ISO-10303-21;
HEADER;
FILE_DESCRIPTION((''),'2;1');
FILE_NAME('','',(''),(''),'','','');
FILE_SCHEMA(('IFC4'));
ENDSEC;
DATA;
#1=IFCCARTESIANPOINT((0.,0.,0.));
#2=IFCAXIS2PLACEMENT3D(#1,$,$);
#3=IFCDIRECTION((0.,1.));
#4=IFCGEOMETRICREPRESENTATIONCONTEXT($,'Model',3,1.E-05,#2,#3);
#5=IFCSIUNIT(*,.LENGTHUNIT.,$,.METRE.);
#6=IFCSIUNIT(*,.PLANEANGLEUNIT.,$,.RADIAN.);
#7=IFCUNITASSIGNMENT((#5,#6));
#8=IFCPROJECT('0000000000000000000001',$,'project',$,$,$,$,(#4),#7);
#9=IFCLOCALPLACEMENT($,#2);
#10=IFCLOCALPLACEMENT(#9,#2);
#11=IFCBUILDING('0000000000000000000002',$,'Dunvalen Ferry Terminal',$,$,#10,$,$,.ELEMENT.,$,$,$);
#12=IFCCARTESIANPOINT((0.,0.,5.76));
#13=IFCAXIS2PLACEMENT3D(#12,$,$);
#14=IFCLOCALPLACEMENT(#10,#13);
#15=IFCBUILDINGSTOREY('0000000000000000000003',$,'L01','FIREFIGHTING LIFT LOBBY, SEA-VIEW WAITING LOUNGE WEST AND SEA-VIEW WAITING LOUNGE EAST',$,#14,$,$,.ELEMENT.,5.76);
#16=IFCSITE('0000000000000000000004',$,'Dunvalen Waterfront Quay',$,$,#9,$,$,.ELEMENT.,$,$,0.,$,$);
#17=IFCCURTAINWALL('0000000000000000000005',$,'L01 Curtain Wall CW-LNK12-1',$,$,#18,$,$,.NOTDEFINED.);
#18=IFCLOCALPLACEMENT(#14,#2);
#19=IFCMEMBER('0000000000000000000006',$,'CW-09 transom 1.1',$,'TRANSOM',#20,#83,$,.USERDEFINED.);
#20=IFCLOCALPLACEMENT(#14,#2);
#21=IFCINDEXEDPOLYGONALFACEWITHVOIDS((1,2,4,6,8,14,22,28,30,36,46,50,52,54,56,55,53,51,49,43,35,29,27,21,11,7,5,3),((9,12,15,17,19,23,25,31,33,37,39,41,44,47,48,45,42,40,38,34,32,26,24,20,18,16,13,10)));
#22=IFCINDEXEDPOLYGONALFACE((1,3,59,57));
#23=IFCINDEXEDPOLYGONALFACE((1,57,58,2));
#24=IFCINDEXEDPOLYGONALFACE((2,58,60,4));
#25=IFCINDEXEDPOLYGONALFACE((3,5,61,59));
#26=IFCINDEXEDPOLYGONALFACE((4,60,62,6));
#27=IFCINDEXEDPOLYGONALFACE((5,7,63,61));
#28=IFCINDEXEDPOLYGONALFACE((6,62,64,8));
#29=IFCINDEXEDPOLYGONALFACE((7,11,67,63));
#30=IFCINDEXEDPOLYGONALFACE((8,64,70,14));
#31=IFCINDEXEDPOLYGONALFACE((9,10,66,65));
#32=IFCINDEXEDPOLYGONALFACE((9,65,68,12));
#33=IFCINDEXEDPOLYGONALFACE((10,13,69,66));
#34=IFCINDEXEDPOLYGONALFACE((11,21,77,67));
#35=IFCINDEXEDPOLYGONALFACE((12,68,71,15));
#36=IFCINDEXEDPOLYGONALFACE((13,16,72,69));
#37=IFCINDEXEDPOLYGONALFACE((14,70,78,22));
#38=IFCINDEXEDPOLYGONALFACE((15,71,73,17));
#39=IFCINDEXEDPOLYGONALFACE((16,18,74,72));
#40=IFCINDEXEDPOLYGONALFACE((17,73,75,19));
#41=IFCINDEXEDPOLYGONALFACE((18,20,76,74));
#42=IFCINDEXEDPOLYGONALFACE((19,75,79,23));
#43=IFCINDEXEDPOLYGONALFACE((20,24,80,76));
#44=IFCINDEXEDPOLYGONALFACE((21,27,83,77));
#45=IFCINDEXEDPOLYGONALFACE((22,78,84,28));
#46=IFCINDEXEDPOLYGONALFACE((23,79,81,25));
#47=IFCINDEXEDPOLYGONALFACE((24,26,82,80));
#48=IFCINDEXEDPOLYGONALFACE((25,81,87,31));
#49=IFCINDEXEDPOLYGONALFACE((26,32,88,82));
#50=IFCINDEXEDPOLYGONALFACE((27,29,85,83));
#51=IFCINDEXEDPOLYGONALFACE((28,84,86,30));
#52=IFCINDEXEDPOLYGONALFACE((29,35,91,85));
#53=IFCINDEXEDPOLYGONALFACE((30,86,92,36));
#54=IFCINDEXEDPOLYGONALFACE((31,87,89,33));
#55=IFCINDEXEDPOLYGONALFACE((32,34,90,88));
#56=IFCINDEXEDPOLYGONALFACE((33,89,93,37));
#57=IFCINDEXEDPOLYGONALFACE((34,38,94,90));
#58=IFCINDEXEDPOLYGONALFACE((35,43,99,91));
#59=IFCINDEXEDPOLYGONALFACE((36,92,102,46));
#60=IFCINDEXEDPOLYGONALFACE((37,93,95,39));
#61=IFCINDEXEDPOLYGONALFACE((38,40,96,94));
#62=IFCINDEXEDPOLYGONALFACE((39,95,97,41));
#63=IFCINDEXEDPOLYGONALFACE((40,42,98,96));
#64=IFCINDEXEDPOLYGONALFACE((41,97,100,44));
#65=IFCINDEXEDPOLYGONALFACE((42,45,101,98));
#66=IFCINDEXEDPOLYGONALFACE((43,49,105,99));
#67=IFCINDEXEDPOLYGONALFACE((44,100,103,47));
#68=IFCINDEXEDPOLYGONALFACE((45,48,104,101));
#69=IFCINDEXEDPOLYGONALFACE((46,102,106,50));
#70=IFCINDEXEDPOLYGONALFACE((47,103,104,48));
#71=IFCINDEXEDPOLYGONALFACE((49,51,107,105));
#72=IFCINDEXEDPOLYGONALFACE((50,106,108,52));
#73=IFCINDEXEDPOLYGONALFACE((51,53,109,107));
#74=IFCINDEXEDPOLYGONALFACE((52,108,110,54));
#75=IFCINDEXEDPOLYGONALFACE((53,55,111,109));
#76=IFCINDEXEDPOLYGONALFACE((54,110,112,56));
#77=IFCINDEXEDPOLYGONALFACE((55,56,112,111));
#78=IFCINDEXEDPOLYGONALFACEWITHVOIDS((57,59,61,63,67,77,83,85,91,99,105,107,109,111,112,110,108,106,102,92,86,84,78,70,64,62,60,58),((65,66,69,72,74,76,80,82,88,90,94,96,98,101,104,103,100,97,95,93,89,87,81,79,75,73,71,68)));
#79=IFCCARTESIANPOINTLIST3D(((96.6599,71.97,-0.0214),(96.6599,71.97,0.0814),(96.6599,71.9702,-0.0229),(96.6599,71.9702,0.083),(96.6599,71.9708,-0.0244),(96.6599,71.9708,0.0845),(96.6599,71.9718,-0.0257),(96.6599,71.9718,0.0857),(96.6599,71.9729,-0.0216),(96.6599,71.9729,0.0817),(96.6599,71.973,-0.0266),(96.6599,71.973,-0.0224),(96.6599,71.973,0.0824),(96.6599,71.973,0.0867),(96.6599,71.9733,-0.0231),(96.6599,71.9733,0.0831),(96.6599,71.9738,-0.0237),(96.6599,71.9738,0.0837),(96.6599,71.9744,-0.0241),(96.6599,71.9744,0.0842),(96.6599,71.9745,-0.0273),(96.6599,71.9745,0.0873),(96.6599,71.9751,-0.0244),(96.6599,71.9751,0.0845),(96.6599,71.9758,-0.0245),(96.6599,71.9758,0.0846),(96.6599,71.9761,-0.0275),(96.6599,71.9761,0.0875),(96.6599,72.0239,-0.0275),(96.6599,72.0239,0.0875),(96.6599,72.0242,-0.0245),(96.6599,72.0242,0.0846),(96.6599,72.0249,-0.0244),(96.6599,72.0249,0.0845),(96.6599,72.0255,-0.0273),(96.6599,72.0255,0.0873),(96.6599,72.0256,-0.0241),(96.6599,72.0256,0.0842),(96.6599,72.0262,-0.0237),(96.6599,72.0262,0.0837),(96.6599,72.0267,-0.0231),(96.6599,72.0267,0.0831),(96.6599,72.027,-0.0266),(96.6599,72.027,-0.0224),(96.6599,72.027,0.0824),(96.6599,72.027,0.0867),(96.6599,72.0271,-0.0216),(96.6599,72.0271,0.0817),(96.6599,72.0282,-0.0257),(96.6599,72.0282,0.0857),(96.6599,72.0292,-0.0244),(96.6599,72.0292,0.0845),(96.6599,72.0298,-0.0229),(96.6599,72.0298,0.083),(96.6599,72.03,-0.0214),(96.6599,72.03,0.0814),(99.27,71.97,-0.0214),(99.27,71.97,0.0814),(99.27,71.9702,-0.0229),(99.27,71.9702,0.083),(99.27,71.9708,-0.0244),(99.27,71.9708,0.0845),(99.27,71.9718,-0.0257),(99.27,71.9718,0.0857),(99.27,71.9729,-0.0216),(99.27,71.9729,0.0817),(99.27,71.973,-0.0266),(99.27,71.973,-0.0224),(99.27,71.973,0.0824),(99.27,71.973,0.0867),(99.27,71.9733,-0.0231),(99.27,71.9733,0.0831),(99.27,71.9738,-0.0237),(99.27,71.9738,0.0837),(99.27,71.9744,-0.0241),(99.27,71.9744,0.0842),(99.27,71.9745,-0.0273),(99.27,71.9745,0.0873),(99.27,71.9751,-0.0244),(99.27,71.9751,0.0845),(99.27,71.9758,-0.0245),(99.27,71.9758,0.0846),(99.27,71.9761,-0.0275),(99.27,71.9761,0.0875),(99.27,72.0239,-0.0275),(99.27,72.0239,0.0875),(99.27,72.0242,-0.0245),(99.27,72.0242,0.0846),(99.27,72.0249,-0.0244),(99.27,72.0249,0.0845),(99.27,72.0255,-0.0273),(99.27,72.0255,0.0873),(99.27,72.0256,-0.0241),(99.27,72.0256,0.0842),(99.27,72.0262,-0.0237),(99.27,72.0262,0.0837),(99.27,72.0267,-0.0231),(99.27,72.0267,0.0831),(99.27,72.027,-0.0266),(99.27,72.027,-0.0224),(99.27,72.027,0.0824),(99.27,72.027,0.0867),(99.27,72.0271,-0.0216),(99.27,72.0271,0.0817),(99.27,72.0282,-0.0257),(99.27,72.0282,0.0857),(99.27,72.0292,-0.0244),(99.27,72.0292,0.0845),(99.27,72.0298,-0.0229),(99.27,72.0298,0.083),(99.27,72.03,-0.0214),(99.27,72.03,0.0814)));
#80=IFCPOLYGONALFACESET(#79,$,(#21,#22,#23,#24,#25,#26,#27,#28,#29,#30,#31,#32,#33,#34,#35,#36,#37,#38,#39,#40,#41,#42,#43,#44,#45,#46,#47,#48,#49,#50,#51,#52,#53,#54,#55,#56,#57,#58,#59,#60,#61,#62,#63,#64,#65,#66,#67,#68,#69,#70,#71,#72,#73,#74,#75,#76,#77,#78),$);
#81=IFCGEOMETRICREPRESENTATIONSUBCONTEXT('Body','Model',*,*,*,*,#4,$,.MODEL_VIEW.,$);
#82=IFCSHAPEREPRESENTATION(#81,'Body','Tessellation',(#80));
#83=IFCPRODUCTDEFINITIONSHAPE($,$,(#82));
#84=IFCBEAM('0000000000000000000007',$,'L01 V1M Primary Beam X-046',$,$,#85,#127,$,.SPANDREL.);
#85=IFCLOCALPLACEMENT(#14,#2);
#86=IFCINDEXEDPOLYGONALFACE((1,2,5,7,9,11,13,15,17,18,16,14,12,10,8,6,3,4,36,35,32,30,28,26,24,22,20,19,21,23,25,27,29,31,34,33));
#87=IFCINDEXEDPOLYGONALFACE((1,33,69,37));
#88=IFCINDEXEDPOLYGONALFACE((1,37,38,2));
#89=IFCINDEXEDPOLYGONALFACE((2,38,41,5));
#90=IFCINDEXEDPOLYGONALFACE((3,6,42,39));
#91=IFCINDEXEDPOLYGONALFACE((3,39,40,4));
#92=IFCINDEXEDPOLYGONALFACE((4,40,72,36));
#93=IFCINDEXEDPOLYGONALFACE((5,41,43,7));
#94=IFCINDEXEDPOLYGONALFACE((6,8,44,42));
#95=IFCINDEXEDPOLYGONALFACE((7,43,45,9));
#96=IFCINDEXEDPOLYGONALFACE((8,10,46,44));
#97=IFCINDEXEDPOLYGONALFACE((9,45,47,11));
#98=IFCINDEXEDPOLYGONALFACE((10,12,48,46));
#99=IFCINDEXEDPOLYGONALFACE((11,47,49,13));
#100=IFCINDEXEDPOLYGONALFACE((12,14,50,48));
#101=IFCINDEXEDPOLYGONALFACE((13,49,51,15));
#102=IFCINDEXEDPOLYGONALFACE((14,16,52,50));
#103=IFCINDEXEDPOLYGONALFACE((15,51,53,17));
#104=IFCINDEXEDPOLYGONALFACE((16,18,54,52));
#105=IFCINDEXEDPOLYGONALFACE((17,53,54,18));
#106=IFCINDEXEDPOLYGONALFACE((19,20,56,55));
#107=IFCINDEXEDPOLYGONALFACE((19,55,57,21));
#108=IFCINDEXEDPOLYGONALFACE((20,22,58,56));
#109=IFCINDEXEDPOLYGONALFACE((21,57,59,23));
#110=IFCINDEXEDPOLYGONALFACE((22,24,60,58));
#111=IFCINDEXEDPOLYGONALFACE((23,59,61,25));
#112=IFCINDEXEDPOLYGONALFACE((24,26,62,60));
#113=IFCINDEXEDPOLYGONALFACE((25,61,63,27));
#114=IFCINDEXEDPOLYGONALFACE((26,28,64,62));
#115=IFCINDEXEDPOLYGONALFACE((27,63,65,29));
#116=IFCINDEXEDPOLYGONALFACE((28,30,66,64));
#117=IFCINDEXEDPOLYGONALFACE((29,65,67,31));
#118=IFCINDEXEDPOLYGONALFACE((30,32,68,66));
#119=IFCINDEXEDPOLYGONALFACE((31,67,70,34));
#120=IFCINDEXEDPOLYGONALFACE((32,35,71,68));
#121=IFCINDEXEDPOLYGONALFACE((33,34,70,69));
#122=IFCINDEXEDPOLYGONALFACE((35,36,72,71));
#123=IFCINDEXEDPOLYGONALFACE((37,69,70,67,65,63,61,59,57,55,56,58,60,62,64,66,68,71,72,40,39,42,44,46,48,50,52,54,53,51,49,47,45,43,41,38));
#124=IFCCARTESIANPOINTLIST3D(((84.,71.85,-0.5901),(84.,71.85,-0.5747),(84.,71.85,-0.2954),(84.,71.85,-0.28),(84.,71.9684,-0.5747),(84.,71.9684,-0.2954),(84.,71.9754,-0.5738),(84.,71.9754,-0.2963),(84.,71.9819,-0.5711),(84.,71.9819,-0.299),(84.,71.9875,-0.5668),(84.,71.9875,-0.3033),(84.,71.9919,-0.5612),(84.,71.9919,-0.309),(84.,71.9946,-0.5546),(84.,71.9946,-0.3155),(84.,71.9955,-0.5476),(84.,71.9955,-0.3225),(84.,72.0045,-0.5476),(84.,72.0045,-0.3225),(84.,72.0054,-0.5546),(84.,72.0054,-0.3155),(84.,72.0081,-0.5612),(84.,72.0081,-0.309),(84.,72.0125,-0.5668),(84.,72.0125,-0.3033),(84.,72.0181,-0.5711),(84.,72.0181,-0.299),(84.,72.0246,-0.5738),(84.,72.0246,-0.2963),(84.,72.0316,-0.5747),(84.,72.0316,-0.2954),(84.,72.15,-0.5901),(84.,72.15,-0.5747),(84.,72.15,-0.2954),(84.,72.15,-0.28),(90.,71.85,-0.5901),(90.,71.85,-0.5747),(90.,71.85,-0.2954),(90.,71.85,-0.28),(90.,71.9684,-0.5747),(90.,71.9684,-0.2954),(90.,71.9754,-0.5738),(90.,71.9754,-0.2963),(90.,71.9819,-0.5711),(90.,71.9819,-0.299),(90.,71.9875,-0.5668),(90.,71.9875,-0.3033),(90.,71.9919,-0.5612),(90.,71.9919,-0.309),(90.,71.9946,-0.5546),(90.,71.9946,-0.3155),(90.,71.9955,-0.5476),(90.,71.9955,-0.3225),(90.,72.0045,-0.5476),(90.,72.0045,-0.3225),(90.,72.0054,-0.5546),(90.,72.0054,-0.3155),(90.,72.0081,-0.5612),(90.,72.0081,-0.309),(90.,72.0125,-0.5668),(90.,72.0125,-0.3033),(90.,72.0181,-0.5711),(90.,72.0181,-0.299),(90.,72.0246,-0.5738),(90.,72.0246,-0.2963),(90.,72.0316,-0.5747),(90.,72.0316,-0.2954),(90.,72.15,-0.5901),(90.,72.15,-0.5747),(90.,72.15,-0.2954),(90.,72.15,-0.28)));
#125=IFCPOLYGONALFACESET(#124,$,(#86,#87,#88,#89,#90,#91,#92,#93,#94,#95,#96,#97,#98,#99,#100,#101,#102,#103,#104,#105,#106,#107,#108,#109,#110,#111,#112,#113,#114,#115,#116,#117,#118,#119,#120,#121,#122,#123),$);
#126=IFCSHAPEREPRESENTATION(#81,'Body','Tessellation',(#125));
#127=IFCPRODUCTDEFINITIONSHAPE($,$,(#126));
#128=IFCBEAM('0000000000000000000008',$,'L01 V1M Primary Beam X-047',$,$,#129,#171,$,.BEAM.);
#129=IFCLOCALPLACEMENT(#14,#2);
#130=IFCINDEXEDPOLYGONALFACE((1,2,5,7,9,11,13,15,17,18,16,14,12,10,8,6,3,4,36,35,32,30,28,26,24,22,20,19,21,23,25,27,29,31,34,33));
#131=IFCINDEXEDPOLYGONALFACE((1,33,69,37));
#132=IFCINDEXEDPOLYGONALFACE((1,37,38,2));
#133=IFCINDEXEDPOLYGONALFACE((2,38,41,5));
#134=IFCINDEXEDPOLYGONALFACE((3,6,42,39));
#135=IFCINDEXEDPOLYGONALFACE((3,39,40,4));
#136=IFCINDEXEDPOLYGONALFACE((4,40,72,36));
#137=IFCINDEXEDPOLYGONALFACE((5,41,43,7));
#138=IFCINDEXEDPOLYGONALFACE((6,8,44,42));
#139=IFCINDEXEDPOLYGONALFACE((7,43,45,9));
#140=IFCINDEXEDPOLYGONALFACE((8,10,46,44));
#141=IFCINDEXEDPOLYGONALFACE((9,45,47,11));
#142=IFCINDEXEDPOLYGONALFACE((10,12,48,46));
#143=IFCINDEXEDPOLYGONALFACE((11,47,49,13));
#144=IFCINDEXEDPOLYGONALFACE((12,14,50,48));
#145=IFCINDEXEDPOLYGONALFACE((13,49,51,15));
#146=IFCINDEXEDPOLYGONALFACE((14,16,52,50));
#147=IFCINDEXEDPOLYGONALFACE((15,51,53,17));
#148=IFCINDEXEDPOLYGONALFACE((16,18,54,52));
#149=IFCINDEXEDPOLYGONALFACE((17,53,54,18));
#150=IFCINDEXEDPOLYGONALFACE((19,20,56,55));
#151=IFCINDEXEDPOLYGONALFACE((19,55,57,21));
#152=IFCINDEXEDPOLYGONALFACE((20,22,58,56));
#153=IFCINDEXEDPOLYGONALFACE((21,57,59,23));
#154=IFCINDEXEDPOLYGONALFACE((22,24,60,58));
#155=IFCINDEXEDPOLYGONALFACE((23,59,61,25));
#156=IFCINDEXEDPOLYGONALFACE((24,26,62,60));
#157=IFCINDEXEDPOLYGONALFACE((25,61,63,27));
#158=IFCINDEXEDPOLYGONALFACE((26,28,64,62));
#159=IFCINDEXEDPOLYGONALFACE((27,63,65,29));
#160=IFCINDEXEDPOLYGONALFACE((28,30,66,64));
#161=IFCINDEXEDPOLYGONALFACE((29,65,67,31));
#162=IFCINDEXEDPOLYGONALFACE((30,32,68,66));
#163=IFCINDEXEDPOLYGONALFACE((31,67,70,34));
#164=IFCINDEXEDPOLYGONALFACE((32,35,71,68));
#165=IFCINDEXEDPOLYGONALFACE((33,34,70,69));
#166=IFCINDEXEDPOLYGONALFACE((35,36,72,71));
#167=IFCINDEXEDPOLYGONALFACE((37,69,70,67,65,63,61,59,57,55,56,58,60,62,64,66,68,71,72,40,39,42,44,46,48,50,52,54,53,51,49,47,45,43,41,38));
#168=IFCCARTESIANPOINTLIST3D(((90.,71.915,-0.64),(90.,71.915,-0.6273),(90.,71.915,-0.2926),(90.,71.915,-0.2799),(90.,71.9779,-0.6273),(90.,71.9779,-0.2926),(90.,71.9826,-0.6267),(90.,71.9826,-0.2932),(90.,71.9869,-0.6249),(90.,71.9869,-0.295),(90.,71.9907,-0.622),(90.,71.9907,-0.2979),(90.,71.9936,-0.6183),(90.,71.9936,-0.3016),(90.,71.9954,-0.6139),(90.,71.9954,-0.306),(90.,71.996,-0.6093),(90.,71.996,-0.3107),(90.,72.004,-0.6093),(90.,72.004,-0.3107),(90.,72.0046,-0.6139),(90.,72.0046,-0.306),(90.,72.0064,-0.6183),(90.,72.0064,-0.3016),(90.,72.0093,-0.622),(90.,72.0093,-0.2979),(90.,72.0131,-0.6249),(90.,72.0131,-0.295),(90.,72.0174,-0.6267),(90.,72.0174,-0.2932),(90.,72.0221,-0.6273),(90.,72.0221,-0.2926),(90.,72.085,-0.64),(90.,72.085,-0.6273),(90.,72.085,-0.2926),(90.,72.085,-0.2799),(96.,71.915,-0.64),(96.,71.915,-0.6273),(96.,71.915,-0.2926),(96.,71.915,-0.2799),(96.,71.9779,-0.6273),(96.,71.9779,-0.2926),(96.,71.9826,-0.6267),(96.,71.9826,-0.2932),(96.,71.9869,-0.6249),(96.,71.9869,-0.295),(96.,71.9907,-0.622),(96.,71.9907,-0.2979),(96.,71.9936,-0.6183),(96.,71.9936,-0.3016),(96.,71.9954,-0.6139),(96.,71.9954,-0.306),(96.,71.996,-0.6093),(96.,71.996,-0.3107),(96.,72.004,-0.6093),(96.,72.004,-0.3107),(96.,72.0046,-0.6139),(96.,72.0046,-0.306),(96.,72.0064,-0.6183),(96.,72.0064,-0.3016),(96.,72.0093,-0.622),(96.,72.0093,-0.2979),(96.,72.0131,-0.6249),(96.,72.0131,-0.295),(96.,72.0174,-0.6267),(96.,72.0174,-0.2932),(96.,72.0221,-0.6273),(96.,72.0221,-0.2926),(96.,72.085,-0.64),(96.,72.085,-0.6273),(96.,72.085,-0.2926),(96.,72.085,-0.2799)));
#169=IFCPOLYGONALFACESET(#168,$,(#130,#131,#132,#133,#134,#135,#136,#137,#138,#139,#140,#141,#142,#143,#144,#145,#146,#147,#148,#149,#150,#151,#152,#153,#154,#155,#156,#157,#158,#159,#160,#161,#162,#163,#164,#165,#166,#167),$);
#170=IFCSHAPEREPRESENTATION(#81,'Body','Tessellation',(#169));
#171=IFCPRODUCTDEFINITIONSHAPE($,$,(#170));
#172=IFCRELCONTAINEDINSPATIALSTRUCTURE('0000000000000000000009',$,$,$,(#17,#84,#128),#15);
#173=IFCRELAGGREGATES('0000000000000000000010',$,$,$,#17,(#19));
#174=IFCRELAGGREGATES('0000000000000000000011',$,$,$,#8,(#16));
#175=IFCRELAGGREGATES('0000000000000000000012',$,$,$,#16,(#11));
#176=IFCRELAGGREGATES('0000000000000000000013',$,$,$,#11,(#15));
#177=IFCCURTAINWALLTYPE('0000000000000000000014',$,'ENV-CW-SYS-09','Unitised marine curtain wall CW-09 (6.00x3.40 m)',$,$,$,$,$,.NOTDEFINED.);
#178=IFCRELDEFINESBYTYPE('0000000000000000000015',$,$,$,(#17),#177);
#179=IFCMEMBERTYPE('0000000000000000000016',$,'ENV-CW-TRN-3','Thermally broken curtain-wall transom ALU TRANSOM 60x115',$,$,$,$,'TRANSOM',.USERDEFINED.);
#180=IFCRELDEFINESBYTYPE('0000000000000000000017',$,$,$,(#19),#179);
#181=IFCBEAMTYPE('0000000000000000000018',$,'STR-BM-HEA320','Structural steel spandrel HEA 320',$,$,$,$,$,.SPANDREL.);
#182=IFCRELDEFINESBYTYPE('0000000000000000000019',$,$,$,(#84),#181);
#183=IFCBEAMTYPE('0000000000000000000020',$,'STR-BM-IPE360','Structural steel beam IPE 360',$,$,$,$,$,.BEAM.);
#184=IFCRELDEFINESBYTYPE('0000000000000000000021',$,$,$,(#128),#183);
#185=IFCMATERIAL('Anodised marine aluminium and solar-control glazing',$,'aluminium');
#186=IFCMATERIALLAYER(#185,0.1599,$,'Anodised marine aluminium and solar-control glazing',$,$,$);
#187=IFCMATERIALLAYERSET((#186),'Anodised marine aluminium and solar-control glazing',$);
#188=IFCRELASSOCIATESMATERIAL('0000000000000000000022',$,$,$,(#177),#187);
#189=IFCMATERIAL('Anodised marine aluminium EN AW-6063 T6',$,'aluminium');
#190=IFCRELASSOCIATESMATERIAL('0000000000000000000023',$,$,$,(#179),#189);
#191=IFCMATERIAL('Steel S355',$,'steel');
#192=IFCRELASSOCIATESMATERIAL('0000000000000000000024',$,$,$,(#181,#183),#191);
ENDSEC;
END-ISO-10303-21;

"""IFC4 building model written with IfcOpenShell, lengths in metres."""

from ifc_helpers import new_model, si_unit, direction, frame, origin, origin_2d, place, context, subcontext, project, spatial, hollow_rectangle, i_section, extrude, material, layer, layer_set, material_profile, profile_set, type_object, element, aggregate, save


model = new_model("IFC4")

# Units and contexts
model_context = context("Model", 3, precision=1e-05, world=origin(), true_north=direction((0.0, 1.0)))
body_context = subcontext(model_context, "Body", "Model", "MODEL_VIEW")
ifc_project = project(units=[si_unit("LENGTHUNIT", "METRE"), si_unit("PLANEANGLEUNIT", "RADIAN")], contexts=[model_context])

# Site, building, storey
site_placement = place(None, origin())
site = spatial("IfcSite", under=ifc_project, at=site_placement, Name="Dunvalen Waterfront Quay", CompositionType="ELEMENT", RefElevation=0.0)
building_placement = place(site_placement, origin())
building = spatial("IfcBuilding", under=site, at=building_placement, Name="Dunvalen Ferry Terminal", CompositionType="ELEMENT")
storey_placement = place(building_placement, frame((0.0, 0.0, 5.76)))
storey = spatial("IfcBuildingStorey", under=building, at=storey_placement, Name="L01", Description="FIREFIGHTING LIFT LOBBY, SEA-VIEW WAITING LOUNGE WEST AND SEA-VIEW WAITING LOUNGE EAST", CompositionType="ELEMENT", Elevation=5.76)

# Shared definitions
ifc_material_1 = material(Name="Anodised marine aluminium and solar-control glazing", Category="aluminium")
ifc_material_2 = material(Name="Anodised marine aluminium EN AW-6063 T6", Category="aluminium")

# Curtain wall
ifc_layer_1 = layer(ifc_material_1, 0.1599, Name="Anodised marine aluminium and solar-control glazing")
ifc_layer_set_1 = layer_set([ifc_layer_1], Name="Anodised marine aluminium and solar-control glazing")
curtain_wall_type_1 = type_object("IfcCurtainWallType", Name="ENV-CW-SYS-09", Description="Unitised marine curtain wall CW-09 (6.00x3.40 m)", PredefinedType="NOTDEFINED", material=ifc_layer_set_1)
curtain_wall_1_placement = place(storey_placement, origin())
curtain_wall_1 = element("IfcCurtainWall", 1, at=curtain_wall_1_placement, inside=storey, type_object=curtain_wall_type_1, Name="L01 Curtain Wall CW-LNK12-1", PredefinedType="NOTDEFINED")

# Member
ifc_material_profile_1 = material_profile(ifc_material_2, hollow_rectangle(XDim=0.0601, YDim=0.115, WallThickness=0.0029, InnerFilletRadius=0.0029, OuterFilletRadius=0.0061, at=origin_2d()), Name="Anodised marine aluminium EN AW-6063 T6")
ifc_profile_set_1 = profile_set([ifc_material_profile_1], Name="Anodised marine aluminium EN AW-6063 T6")
member_type_1 = type_object("IfcMemberType", Name="ENV-CW-TRN-3", Description="Thermally broken curtain-wall transom ALU TRANSOM 60x115", ElementType="TRANSOM", PredefinedType="USERDEFINED", material=ifc_profile_set_1)
member_1_placement = place(storey_placement, frame((96.6599, 72.0, 0.03), z_axis=(1.0, 0.0, 0.0), x_axis=(0.0, 1.0, 0.0)))
member_1 = element("IfcMember", 2, at=member_1_placement, type_object=member_type_1, Name="CW-09 transom 1.1", ObjectType="TRANSOM", PredefinedType="USERDEFINED", context=body_context, shape_type="SweptSolid", body=[
    extrude(hollow_rectangle(XDim=0.0601, YDim=0.115, WallThickness=0.0029, InnerFilletRadius=0.0029, OuterFilletRadius=0.0061, at=origin_2d()), origin(), (0.0, 0.0, 1.0), 2.6101),
])
aggregate(curtain_wall_1, [member_1])

# Beams
ifc_material_3 = material(Name="Steel S355", Category="steel")
ifc_material_profile_2 = material_profile(ifc_material_3, i_section(OverallWidth=0.3, OverallDepth=0.3101, WebThickness=0.009, FlangeThickness=0.0154, FilletRadius=0.0271, at=origin_2d()), Name="Steel S355")
ifc_profile_set_2 = profile_set([ifc_material_profile_2], Name="Steel S355")
beam_type_1 = type_object("IfcBeamType", Name="STR-BM-HEA320", Description="Structural steel spandrel HEA 320", PredefinedType="SPANDREL", material=ifc_profile_set_2)
beam_1_placement = place(storey_placement, frame((84.0, 72.0, -0.4351), z_axis=(1.0, 0.0, 0.0), x_axis=(0.0, 1.0, 0.0)))
element("IfcBeam", 3, at=beam_1_placement, inside=storey, type_object=beam_type_1, Name="L01 V1M Primary Beam X-046", PredefinedType="SPANDREL", context=body_context, shape_type="SweptSolid", body=[
    extrude(i_section(OverallWidth=0.3, OverallDepth=0.3101, WebThickness=0.009, FlangeThickness=0.0154, FilletRadius=0.0271, at=origin_2d()), origin(), (0.0, 0.0, 1.0), 6.0),
])
ifc_material_profile_3 = material_profile(ifc_material_3, i_section(OverallWidth=0.1699, OverallDepth=0.3601, WebThickness=0.0081, FlangeThickness=0.0127, FilletRadius=0.0181, at=origin_2d()), Name="Steel S355")
ifc_profile_set_3 = profile_set([ifc_material_profile_3], Name="Steel S355")
beam_type_2 = type_object("IfcBeamType", Name="STR-BM-IPE360", Description="Structural steel beam IPE 360", PredefinedType="BEAM", material=ifc_profile_set_3)
beam_2_placement = place(storey_placement, frame((90.0, 72.0, -0.46), z_axis=(1.0, 0.0, 0.0), x_axis=(0.0, 1.0, 0.0)))
element("IfcBeam", 4, at=beam_2_placement, inside=storey, type_object=beam_type_2, Name="L01 V1M Primary Beam X-047", PredefinedType="BEAM", context=body_context, shape_type="SweptSolid", body=[
    extrude(i_section(OverallWidth=0.1699, OverallDepth=0.3601, WebThickness=0.0081, FlangeThickness=0.0127, FilletRadius=0.0181, at=origin_2d()), origin(), (0.0, 0.0, 1.0), 6.0),
])

save(model, "model.ifc")
